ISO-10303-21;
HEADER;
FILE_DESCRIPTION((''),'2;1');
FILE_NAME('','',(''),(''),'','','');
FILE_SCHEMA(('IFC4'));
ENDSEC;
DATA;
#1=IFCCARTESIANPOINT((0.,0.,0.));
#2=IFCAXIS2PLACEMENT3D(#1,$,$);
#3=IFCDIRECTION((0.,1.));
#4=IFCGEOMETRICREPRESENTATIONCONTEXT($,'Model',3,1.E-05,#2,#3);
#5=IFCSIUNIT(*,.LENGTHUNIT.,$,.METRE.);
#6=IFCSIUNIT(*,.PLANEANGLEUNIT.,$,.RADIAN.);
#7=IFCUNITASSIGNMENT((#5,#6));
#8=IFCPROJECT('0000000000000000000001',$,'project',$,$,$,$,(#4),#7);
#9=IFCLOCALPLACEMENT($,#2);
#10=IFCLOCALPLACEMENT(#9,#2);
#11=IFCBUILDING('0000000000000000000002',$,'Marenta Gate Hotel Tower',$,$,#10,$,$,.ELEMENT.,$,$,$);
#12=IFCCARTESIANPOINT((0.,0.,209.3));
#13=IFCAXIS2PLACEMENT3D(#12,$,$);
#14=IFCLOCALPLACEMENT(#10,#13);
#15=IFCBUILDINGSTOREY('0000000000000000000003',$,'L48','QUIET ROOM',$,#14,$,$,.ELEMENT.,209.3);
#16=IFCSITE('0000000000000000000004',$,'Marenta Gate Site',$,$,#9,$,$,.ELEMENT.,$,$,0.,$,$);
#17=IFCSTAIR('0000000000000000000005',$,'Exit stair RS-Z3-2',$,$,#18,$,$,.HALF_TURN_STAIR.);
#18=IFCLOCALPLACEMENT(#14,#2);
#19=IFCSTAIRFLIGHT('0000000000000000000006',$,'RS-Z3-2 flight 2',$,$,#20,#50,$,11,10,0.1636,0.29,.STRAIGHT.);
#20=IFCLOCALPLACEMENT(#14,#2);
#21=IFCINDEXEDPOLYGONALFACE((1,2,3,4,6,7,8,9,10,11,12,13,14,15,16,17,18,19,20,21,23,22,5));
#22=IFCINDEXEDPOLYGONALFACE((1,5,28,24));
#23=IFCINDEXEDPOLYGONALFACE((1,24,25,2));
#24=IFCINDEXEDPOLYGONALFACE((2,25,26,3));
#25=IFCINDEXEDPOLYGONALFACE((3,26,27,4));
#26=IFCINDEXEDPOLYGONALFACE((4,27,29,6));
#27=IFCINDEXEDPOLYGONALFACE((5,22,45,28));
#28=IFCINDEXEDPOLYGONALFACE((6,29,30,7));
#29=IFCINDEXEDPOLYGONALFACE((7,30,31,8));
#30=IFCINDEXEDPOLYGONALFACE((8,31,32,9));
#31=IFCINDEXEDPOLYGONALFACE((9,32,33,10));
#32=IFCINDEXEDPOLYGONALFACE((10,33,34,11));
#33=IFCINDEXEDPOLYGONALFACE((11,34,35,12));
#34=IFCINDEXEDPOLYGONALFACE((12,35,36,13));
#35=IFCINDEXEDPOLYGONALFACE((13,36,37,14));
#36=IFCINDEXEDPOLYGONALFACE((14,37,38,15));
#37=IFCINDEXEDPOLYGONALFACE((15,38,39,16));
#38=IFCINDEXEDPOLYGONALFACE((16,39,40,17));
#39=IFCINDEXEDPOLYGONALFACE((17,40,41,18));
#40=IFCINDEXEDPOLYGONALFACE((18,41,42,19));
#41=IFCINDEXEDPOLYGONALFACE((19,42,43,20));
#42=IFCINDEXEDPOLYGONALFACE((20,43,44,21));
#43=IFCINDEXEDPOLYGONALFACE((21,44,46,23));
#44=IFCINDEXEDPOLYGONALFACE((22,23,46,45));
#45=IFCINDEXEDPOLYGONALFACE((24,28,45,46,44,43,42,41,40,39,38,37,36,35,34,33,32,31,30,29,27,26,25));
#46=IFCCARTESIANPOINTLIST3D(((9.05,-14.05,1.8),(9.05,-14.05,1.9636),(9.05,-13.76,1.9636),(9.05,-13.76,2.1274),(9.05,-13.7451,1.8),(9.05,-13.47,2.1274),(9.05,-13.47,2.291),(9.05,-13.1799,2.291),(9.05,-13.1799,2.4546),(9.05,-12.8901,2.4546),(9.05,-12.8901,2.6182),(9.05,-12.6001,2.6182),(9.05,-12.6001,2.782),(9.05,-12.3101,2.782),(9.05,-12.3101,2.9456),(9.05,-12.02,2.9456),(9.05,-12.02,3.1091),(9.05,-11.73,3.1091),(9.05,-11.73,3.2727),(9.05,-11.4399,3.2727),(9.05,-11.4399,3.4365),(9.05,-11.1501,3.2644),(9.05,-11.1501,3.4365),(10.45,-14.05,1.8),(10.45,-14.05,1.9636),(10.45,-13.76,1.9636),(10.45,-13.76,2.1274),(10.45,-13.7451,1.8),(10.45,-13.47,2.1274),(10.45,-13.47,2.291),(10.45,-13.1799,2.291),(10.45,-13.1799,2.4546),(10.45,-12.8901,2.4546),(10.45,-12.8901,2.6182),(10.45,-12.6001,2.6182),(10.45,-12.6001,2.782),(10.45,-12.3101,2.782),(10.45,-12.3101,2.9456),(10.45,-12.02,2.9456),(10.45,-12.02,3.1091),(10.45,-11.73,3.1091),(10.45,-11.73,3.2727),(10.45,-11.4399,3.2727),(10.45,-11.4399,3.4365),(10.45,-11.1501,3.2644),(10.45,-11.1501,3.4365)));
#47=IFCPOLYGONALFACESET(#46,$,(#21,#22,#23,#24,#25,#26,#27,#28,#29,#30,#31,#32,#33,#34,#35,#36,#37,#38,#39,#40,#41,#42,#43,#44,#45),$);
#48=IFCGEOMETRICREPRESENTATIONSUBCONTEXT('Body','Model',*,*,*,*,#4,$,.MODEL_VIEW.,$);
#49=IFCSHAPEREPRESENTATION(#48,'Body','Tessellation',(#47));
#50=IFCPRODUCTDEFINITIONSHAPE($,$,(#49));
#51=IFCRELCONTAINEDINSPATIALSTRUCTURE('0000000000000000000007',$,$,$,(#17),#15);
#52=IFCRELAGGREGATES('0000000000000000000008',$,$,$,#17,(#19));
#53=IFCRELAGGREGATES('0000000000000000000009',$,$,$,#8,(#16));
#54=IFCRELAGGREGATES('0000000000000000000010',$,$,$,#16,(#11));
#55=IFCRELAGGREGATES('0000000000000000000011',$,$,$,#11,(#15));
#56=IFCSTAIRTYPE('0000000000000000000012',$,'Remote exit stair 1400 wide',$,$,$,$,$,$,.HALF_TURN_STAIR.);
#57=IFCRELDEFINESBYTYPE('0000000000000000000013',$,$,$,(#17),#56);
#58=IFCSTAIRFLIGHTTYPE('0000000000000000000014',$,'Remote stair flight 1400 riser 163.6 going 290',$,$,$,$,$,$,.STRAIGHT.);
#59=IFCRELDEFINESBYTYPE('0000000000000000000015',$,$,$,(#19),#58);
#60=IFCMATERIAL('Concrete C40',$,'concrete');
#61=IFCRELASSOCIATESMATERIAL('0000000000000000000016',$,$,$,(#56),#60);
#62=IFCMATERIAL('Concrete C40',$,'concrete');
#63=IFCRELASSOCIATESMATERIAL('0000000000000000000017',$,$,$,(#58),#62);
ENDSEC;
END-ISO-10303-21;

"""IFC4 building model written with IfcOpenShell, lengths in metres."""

from ifc_helpers import new_model, si_unit, direction, frame, origin, place, context, subcontext, project, spatial, polyline, outline, extrude, material, type_object, element, aggregate, save


model = new_model("IFC4")

# Units and contexts
model_context = context("Model", 3, precision=1e-05, world=origin(), true_north=direction((0.0, 1.0)))
body_context = subcontext(model_context, "Body", "Model", "MODEL_VIEW")
ifc_project = project(units=[si_unit("LENGTHUNIT", "METRE"), si_unit("PLANEANGLEUNIT", "RADIAN")], contexts=[model_context])

# Site, building, storey
site_placement = place(None, origin())
site = spatial("IfcSite", under=ifc_project, at=site_placement, Name="Marenta Gate Site", CompositionType="ELEMENT", RefElevation=0.0)
building_placement = place(site_placement, origin())
building = spatial("IfcBuilding", under=site, at=building_placement, Name="Marenta Gate Hotel Tower", CompositionType="ELEMENT")
storey_placement = place(building_placement, frame((0.0, 0.0, 209.3)))
storey = spatial("IfcBuildingStorey", under=building, at=storey_placement, Name="L48", Description="QUIET ROOM", CompositionType="ELEMENT", Elevation=209.3)

# Stair, stair flight
ifc_material_1 = material(Name="Concrete C40", Category="concrete")
stair_type = type_object("IfcStairType", Name="Remote exit stair 1400 wide", PredefinedType="HALF_TURN_STAIR", material=ifc_material_1)
stair_placement = place(storey_placement, origin())
stair = element("IfcStair", 1, at=stair_placement, inside=storey, type_object=stair_type, Name="Exit stair RS-Z3-2", PredefinedType="HALF_TURN_STAIR")
ifc_material_2 = material(Name="Concrete C40", Category="concrete")
stair_flight_type = type_object("IfcStairFlightType", Name="Remote stair flight 1400 riser 163.6 going 290", PredefinedType="STRAIGHT", material=ifc_material_2)
stair_flight_placement = place(storey_placement, frame((9.75, -14.05, 1.8), z_axis=(0.0, 0.0, 1.0), x_axis=(0.0, 1.0, 0.0)))
stair_flight = element("IfcStairFlight", 2, at=stair_flight_placement, type_object=stair_flight_type, Name="RS-Z3-2 flight 2", NumberOfRisers=11, NumberOfTreads=10, PredefinedType="STRAIGHT", RiserHeight=0.1636, TreadLength=0.29, context=body_context, shape_type="SweptSolid", body=[
    extrude(outline(polyline([(0.0, 0.0), (0.0, 0.1636), (0.29, 0.1636), (0.29, 0.3274), (0.5801, 0.3274), (0.5801, 0.491), (0.8701, 0.491), (0.8701, 0.6545), (1.1599, 0.6545), (1.1599, 0.8181), (1.45, 0.8181), (1.45, 0.9819), (1.74, 0.9819), (1.74, 1.1455), (2.03, 1.1455), (2.03, 1.3091), (2.3201, 1.3091), (2.3201, 1.4727), (2.6101, 1.4727), (2.6101, 1.6365), (2.8999, 1.6365), (2.8999, 1.8), (2.8999, 1.4644), (0.3049, 0.0), (0.0, 0.0)])), frame((0.0, 0.7, 0.0), z_axis=(0.0, -1.0, 0.0), x_axis=(1.0, 0.0, 0.0)), (0.0, 0.0, 1.0), 1.3999),
])
aggregate(stair, [stair_flight])

save(model, "model.ifc")
